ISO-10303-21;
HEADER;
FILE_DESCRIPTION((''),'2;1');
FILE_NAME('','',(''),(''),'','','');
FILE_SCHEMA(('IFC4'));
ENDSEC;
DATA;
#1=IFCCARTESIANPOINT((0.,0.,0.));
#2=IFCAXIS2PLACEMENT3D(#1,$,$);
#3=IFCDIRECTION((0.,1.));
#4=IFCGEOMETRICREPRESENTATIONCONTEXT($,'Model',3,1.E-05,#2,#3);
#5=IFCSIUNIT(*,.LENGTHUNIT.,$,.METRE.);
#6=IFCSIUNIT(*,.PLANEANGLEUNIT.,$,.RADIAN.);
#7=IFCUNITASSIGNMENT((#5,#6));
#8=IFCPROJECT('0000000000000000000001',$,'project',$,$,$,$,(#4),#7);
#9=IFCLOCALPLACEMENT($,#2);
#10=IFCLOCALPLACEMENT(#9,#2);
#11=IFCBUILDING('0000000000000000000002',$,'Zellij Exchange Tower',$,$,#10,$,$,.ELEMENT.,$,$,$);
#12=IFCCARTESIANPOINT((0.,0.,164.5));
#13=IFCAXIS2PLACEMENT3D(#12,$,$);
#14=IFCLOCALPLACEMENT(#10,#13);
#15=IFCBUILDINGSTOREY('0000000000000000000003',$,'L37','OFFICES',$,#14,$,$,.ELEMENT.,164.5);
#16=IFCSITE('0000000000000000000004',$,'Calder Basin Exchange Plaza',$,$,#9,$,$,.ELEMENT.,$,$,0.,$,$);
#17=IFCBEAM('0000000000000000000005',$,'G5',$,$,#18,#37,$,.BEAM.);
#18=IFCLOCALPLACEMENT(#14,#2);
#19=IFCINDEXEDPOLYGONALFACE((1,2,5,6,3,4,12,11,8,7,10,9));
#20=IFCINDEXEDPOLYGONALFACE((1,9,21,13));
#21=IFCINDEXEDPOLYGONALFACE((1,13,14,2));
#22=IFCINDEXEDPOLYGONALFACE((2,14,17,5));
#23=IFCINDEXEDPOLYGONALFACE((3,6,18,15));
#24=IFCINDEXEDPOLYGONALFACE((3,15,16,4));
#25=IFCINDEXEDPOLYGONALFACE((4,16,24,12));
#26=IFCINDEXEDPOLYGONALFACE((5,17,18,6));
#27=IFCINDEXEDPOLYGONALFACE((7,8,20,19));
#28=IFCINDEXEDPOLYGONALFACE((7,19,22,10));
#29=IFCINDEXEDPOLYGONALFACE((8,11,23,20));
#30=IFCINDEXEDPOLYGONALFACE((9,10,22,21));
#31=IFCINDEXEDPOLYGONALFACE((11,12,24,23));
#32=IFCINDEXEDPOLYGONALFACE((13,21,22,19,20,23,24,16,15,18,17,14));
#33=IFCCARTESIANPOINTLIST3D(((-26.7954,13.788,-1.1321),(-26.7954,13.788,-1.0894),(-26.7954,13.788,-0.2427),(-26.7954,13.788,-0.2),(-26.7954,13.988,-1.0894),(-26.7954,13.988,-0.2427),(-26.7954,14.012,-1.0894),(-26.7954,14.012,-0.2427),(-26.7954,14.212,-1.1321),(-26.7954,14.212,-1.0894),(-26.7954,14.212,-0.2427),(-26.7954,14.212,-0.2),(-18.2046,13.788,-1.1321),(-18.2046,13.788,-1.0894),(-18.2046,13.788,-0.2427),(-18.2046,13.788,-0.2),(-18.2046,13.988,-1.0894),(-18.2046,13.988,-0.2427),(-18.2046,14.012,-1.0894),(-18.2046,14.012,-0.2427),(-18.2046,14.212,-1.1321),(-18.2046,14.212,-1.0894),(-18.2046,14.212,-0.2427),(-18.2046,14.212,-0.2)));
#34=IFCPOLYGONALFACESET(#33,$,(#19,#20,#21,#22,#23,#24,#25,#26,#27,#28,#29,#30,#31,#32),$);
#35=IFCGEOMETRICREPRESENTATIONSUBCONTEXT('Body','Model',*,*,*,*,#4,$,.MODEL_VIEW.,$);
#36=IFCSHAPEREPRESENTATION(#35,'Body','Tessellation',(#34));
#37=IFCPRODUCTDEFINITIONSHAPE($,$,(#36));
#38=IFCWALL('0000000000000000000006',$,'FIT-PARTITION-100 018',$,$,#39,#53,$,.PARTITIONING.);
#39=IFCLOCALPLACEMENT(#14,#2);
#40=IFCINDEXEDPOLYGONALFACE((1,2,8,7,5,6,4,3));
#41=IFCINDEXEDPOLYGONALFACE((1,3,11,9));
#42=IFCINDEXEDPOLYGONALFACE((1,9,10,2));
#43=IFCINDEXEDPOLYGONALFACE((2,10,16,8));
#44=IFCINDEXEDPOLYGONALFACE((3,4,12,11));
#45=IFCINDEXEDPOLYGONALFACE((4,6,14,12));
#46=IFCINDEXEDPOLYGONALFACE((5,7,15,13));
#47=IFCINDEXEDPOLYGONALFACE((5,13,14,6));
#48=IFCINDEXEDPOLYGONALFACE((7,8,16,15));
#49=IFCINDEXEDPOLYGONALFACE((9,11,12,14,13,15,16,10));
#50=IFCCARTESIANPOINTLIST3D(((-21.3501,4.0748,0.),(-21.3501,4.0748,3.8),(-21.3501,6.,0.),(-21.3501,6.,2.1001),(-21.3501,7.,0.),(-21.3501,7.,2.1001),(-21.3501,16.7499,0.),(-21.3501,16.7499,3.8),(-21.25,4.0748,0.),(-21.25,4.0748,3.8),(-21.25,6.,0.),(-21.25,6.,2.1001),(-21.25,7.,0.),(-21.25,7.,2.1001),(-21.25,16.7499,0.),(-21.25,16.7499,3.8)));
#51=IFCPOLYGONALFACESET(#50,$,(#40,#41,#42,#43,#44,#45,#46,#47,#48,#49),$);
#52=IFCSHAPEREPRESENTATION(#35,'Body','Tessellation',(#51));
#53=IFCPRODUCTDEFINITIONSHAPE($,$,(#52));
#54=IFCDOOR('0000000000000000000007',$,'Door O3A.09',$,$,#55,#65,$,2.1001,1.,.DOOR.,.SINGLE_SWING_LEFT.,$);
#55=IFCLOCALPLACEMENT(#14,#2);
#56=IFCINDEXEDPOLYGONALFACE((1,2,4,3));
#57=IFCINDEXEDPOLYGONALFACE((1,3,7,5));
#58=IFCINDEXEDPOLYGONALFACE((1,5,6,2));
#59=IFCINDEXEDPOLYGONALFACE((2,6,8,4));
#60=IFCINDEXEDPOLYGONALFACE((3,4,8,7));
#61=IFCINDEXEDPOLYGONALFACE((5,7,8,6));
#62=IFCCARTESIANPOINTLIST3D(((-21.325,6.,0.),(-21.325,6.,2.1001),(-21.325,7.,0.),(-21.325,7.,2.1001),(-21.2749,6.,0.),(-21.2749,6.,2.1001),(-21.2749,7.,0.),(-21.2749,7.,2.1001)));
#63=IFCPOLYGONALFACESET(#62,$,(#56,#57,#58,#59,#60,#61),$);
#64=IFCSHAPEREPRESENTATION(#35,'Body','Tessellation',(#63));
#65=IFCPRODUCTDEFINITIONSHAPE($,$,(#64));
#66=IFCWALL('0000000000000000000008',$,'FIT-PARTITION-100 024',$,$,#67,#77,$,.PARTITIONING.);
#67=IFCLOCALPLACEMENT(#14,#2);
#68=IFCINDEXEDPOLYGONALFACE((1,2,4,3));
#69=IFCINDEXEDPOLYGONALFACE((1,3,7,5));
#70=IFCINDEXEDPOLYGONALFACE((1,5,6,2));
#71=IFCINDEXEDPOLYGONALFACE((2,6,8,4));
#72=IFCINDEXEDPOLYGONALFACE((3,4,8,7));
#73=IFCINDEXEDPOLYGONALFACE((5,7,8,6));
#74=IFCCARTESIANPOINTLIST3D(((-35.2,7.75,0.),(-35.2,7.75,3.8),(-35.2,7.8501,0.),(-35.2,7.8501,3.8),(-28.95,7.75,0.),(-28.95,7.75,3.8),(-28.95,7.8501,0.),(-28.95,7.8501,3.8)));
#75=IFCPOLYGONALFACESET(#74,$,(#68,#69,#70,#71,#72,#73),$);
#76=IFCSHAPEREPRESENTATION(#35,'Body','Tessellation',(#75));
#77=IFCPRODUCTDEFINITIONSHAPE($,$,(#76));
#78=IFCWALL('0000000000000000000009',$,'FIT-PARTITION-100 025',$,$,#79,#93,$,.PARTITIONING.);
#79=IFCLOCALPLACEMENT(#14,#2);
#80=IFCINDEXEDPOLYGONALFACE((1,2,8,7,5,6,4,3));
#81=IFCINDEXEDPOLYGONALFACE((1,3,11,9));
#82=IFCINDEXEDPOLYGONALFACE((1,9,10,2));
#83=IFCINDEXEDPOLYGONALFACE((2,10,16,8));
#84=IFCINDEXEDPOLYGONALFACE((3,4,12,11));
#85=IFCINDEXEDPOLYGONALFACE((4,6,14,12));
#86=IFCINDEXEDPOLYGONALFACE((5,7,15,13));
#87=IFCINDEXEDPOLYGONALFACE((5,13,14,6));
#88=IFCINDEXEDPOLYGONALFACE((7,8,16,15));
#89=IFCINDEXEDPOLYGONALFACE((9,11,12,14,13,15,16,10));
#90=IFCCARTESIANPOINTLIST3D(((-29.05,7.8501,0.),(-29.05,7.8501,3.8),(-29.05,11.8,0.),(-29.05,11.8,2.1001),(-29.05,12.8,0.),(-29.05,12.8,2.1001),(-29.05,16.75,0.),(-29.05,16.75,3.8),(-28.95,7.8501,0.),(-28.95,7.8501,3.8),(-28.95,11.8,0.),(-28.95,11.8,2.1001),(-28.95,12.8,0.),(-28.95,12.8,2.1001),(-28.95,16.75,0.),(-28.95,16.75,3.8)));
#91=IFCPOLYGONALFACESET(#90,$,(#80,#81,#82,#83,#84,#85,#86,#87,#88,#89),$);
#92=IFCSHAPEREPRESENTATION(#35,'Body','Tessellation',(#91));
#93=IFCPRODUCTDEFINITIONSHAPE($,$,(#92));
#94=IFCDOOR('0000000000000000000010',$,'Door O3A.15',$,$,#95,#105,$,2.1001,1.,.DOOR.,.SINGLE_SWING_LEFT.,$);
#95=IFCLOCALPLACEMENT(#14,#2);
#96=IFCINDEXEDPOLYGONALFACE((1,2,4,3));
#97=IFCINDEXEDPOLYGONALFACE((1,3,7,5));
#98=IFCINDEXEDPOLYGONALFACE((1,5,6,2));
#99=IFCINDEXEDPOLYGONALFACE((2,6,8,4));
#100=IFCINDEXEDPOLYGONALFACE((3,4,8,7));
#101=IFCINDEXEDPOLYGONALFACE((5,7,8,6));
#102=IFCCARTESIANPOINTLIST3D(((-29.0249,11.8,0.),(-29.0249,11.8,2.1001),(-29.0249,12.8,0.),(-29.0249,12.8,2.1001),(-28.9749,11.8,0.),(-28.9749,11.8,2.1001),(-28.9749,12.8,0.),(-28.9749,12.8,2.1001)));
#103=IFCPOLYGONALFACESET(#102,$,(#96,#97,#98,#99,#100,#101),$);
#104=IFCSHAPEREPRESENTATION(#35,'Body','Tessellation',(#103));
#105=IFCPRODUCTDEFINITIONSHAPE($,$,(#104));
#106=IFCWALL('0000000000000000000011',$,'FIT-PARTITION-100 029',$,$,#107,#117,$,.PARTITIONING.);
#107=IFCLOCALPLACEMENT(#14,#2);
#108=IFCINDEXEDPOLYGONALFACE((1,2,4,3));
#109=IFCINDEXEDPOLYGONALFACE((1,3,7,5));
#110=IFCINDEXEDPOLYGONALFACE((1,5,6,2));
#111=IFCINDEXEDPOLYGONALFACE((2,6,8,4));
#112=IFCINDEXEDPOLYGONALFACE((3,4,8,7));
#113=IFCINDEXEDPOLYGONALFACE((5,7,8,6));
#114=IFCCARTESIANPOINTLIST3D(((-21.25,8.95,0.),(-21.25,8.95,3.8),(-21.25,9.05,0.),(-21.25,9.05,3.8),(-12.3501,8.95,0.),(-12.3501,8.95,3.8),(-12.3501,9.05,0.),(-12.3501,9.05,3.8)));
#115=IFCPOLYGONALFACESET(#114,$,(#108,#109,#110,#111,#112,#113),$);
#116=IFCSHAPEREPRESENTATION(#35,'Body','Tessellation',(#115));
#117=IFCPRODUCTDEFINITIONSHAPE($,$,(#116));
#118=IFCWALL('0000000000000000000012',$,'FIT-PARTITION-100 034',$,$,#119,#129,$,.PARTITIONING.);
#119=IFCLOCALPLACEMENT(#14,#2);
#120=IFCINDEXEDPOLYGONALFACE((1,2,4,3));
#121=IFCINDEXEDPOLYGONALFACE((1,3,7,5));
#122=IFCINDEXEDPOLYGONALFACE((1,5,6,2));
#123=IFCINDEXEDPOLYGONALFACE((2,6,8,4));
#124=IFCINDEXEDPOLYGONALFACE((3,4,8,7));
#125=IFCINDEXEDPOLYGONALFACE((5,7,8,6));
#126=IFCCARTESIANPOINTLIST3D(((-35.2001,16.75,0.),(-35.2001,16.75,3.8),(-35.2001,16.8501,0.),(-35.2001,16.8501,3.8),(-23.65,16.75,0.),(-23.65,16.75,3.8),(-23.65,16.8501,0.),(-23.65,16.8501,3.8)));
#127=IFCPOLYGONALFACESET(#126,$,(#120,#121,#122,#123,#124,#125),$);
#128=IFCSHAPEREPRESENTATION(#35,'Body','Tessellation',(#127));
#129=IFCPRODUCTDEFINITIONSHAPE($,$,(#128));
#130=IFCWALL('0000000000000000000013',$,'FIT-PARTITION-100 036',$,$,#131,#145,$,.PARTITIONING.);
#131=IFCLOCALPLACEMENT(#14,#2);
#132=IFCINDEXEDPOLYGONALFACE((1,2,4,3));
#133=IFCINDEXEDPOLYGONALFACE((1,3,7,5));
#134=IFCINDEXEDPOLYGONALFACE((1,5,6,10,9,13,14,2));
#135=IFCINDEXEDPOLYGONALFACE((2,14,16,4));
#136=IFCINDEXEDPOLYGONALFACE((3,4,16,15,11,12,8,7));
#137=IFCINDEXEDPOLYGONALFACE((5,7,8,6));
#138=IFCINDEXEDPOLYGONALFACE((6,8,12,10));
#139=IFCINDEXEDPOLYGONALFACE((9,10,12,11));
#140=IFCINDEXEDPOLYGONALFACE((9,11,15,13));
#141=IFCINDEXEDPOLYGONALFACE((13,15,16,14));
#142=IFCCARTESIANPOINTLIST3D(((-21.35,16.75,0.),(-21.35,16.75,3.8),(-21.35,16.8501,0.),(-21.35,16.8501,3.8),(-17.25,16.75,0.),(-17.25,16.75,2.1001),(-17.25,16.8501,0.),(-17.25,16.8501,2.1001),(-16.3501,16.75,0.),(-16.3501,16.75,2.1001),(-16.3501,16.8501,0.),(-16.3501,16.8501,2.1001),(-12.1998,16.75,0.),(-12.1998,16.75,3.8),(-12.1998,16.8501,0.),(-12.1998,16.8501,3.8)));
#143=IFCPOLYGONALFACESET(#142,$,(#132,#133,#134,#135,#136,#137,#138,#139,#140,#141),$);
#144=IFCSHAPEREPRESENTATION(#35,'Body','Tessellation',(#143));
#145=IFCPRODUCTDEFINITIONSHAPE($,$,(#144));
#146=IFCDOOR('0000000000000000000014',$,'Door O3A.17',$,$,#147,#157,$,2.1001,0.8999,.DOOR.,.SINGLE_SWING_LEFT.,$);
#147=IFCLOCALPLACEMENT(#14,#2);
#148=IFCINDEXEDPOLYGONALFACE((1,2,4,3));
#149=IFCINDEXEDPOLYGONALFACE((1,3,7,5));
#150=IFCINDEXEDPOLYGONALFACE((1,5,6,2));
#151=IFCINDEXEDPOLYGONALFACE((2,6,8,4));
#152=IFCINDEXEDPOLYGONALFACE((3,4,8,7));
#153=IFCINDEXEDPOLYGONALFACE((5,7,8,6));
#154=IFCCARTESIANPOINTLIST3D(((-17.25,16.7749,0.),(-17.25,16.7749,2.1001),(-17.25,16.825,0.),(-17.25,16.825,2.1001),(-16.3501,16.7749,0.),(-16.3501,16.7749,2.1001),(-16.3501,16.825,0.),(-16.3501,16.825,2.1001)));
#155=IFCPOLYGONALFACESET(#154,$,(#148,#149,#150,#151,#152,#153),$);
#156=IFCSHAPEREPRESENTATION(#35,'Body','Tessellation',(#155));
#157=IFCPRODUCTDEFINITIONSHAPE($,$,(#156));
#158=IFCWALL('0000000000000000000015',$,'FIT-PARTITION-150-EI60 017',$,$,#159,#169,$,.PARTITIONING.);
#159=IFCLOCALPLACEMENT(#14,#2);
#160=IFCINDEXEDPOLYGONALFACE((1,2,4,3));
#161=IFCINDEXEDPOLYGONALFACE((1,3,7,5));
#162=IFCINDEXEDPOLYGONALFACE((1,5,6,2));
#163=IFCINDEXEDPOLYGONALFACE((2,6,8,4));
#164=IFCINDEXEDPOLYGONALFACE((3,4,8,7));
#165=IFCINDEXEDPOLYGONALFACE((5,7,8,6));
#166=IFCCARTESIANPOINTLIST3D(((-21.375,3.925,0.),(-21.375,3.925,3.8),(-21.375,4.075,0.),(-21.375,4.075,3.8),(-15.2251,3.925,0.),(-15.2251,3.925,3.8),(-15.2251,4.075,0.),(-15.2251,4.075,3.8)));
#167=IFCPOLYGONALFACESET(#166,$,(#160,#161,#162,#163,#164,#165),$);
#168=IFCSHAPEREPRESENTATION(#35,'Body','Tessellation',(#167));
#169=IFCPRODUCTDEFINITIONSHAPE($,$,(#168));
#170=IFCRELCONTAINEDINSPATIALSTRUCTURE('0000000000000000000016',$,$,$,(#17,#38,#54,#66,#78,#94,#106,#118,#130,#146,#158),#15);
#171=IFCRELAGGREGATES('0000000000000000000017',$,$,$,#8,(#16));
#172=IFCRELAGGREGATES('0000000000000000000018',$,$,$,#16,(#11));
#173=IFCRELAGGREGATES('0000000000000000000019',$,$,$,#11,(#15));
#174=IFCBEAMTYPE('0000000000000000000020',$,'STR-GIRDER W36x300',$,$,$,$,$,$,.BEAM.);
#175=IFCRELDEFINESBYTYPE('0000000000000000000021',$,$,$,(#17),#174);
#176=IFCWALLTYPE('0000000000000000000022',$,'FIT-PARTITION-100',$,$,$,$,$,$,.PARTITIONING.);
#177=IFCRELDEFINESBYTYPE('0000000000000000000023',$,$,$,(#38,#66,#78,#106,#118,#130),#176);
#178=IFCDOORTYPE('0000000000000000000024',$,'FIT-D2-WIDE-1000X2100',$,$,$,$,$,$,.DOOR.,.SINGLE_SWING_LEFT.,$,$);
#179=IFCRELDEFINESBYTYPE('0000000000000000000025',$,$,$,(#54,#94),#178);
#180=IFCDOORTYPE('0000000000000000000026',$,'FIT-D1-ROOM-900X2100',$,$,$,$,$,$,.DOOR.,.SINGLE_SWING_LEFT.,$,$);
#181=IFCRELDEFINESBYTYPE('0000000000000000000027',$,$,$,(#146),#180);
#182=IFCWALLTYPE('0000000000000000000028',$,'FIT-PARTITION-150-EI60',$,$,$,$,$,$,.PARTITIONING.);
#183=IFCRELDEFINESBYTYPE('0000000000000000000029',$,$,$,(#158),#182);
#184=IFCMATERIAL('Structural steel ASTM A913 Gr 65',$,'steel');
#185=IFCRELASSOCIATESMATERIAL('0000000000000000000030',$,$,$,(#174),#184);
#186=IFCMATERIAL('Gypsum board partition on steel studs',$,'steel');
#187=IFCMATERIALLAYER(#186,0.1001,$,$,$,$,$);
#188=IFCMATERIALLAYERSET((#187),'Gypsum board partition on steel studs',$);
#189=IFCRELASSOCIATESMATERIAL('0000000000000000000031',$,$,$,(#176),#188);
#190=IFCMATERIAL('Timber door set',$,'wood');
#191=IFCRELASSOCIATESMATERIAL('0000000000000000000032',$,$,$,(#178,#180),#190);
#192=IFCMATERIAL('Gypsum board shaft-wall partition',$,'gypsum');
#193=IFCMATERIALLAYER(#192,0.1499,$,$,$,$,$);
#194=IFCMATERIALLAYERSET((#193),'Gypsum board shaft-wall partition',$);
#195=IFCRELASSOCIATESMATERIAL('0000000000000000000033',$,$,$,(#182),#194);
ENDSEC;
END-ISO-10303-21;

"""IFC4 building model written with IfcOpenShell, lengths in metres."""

from ifc_helpers import new_model, si_unit, direction, frame, frame_2d, origin, origin_2d, place, context, subcontext, project, spatial, rectangle, i_section, extrude, material, layer, layer_set, material_profile, profile_set, type_object, element, fill, save


model = new_model("IFC4")

# Units and contexts
model_context = context("Model", 3, precision=1e-05, world=origin(), true_north=direction((0.0, 1.0)))
body_context = subcontext(model_context, "Body", "Model", "MODEL_VIEW")
ifc_project = project(units=[si_unit("LENGTHUNIT", "METRE"), si_unit("PLANEANGLEUNIT", "RADIAN")], contexts=[model_context])

# Site, building, storey
site_placement = place(None, origin())
site = spatial("IfcSite", under=ifc_project, at=site_placement, Name="Calder Basin Exchange Plaza", CompositionType="ELEMENT", RefElevation=0.0)
building_placement = place(site_placement, origin())
building = spatial("IfcBuilding", under=site, at=building_placement, Name="Zellij Exchange Tower", CompositionType="ELEMENT")
storey_placement = place(building_placement, frame((0.0, 0.0, 164.5)))
storey = spatial("IfcBuildingStorey", under=building, at=storey_placement, Name="L37", Description="OFFICES", CompositionType="ELEMENT", Elevation=164.5)

# Shared definitions
ifc_material_1 = material(Name="Structural steel ASTM A913 Gr 65", Category="steel")

# Beam
ifc_material_profile_1 = material_profile(ifc_material_1, i_section(OverallWidth=0.4241, OverallDepth=0.9321, WebThickness=0.0239, FlangeThickness=0.0427, at=origin_2d()), Name="W36x300")
ifc_profile_set_1 = profile_set([ifc_material_profile_1], Name="Structural steel ASTM A913 Gr 65")
beam_type_1 = type_object("IfcBeamType", Name="STR-GIRDER W36x300", PredefinedType="BEAM", material=ifc_profile_set_1)
beam_1_placement = place(storey_placement, frame((-26.7954, 14.0, -0.666), z_axis=(1.0, 0.0, 0.0), x_axis=(0.0, 1.0, 0.0)))
element("IfcBeam", 1, at=beam_1_placement, inside=storey, type_object=beam_type_1, Name="G5", PredefinedType="BEAM", context=body_context, shape_type="SweptSolid", body=[
    extrude(i_section(OverallWidth=0.4241, OverallDepth=0.9321, WebThickness=0.0239, FlangeThickness=0.0427, at=origin_2d()), origin(), (0.0, 0.0, 1.0), 8.5908),
])

# Wall, opening, door
ifc_material_2 = material(Name="Gypsum board partition on steel studs", Category="steel")
ifc_layer_1 = layer(ifc_material_2, 0.1001)
ifc_layer_set_1 = layer_set([ifc_layer_1], Name="Gypsum board partition on steel studs")
wall_type_1 = type_object("IfcWallType", Name="FIT-PARTITION-100", PredefinedType="PARTITIONING", material=ifc_layer_set_1)
wall_1_placement = place(storey_placement, frame((-21.3, 4.075, 0.0), z_axis=(0.0, 0.0, 1.0), x_axis=(0.0, 1.0, 0.0)))
wall_1 = element("IfcWall", 2, at=wall_1_placement, inside=storey, type_object=wall_type_1, Name="FIT-PARTITION-100 018", PredefinedType="PARTITIONING", context=body_context, shape_type="SweptSolid", body=[
    extrude(rectangle(XDim=12.675, YDim=0.1001, at=frame_2d((6.3374, 0.0))), origin(), (0.0, 0.0, 1.0), 3.8),
])
opening_1_placement = place(wall_1_placement, frame((1.925, 0.0, 0.0)))
opening_1 = element("IfcOpeningElement", 3, at=opening_1_placement, cuts=wall_1, PredefinedType="OPENING", context=body_context, shape_type="SweptSolid", body=[
    extrude(rectangle(XDim=1.0, YDim=2.1001, at=frame_2d((0.5, 1.05))), frame((0.0, 0.062, 0.0), z_axis=(0.0, -1.0, 0.0), x_axis=(1.0, 0.0, 0.0)), (0.0, 0.0, 1.0), 0.124),
])
ifc_material_3 = material(Name="Timber door set", Category="wood")
door_type_1 = type_object("IfcDoorType", Name="FIT-D2-WIDE-1000X2100", OperationType="SINGLE_SWING_LEFT", PredefinedType="DOOR", material=ifc_material_3)
door_1_placement = place(opening_1_placement, origin())
door_1 = element("IfcDoor", 4, at=door_1_placement, inside=storey, type_object=door_type_1, Name="Door O3A.09", OperationType="SINGLE_SWING_LEFT", OverallHeight=2.1001, OverallWidth=1.0, PredefinedType="DOOR", context=body_context, shape_type="SweptSolid", body=[
    extrude(rectangle(XDim=1.0, YDim=2.1001, at=frame_2d((0.5, 1.05))), frame((0.0, 0.0249, 0.0), z_axis=(0.0, -1.0, 0.0), x_axis=(1.0, 0.0, 0.0)), (0.0, 0.0, 1.0), 0.05),
])
fill(opening_1, door_1)

# Wall
wall_2_placement = place(storey_placement, frame((-35.2, 7.8, 0.0), z_axis=(0.0, 0.0, 1.0), x_axis=(1.0, 0.0, 0.0)))
element("IfcWall", 5, at=wall_2_placement, inside=storey, type_object=wall_type_1, Name="FIT-PARTITION-100 024", PredefinedType="PARTITIONING", context=body_context, shape_type="SweptSolid", body=[
    extrude(rectangle(XDim=6.25, YDim=0.1001, at=frame_2d((3.125, 0.0))), origin(), (0.0, 0.0, 1.0), 3.8),
])

# Wall, opening, door
wall_3_placement = place(storey_placement, frame((-29.0, 7.8501, 0.0), z_axis=(0.0, 0.0, 1.0), x_axis=(0.0, 1.0, 0.0)))
wall_3 = element("IfcWall", 6, at=wall_3_placement, inside=storey, type_object=wall_type_1, Name="FIT-PARTITION-100 025", PredefinedType="PARTITIONING", context=body_context, shape_type="SweptSolid", body=[
    extrude(rectangle(XDim=8.8999, YDim=0.1001, at=frame_2d((4.45, 0.0))), origin(), (0.0, 0.0, 1.0), 3.8),
])
opening_2_placement = place(wall_3_placement, frame((3.95, 0.0, 0.0)))
opening_2 = element("IfcOpeningElement", 7, at=opening_2_placement, cuts=wall_3, PredefinedType="OPENING", context=body_context, shape_type="SweptSolid", body=[
    extrude(rectangle(XDim=1.0, YDim=2.1001, at=frame_2d((0.5, 1.05))), frame((0.0, 0.062, 0.0), z_axis=(0.0, -1.0, 0.0), x_axis=(1.0, 0.0, 0.0)), (0.0, 0.0, 1.0), 0.124),
])
door_2_placement = place(opening_2_placement, origin())
door_2 = element("IfcDoor", 8, at=door_2_placement, inside=storey, type_object=door_type_1, Name="Door O3A.15", OperationType="SINGLE_SWING_LEFT", OverallHeight=2.1001, OverallWidth=1.0, PredefinedType="DOOR", context=body_context, shape_type="SweptSolid", body=[
    extrude(rectangle(XDim=1.0, YDim=2.1001, at=frame_2d((0.5, 1.05))), frame((0.0, 0.0249, 0.0), z_axis=(0.0, -1.0, 0.0), x_axis=(1.0, 0.0, 0.0)), (0.0, 0.0, 1.0), 0.05),
])
fill(opening_2, door_2)

# Walls
wall_4_placement = place(storey_placement, frame((-21.25, 9.0, 0.0), z_axis=(0.0, 0.0, 1.0), x_axis=(1.0, 0.0, 0.0)))
element("IfcWall", 9, at=wall_4_placement, inside=storey, type_object=wall_type_1, Name="FIT-PARTITION-100 029", PredefinedType="PARTITIONING", context=body_context, shape_type="SweptSolid", body=[
    extrude(rectangle(XDim=8.8999, YDim=0.1001, at=frame_2d((4.45, 0.0))), origin(), (0.0, 0.0, 1.0), 3.8),
])
wall_5_placement = place(storey_placement, frame((-35.2, 16.8, 0.0), z_axis=(0.0, 0.0, 1.0), x_axis=(1.0, 0.0, 0.0)))
element("IfcWall", 10, at=wall_5_placement, inside=storey, type_object=wall_type_1, Name="FIT-PARTITION-100 034", PredefinedType="PARTITIONING", context=body_context, shape_type="SweptSolid", body=[
    extrude(rectangle(XDim=11.55, YDim=0.1001, at=frame_2d((5.7749, 0.0))), origin(), (0.0, 0.0, 1.0), 3.8),
])

# Wall, opening, door
wall_6_placement = place(storey_placement, frame((-21.3501, 16.8, 0.0), z_axis=(0.0, 0.0, 1.0), x_axis=(1.0, 0.0, 0.0)))
wall_6 = element("IfcWall", 11, at=wall_6_placement, inside=storey, type_object=wall_type_1, Name="FIT-PARTITION-100 036", PredefinedType="PARTITIONING", context=body_context, shape_type="SweptSolid", body=[
    extrude(rectangle(XDim=9.1501, YDim=0.1001, at=frame_2d((4.5752, 0.0))), origin(), (0.0, 0.0, 1.0), 3.8),
])
opening_3_placement = place(wall_6_placement, frame((4.1001, 0.0, 0.0)))
opening_3 = element("IfcOpeningElement", 12, at=opening_3_placement, cuts=wall_6, PredefinedType="OPENING", context=body_context, shape_type="SweptSolid", body=[
    extrude(rectangle(XDim=0.8999, YDim=2.1001, at=frame_2d((0.45, 1.05))), frame((0.0, 0.062, 0.0), z_axis=(0.0, -1.0, 0.0), x_axis=(1.0, 0.0, 0.0)), (0.0, 0.0, 1.0), 0.124),
])
door_type_2 = type_object("IfcDoorType", Name="FIT-D1-ROOM-900X2100", OperationType="SINGLE_SWING_LEFT", PredefinedType="DOOR", material=ifc_material_3)
door_3_placement = place(opening_3_placement, origin())
door_3 = element("IfcDoor", 13, at=door_3_placement, inside=storey, type_object=door_type_2, Name="Door O3A.17", OperationType="SINGLE_SWING_LEFT", OverallHeight=2.1001, OverallWidth=0.8999, PredefinedType="DOOR", context=body_context, shape_type="SweptSolid", body=[
    extrude(rectangle(XDim=0.8999, YDim=2.1001, at=frame_2d((0.45, 1.05))), frame((0.0, 0.0249, 0.0), z_axis=(0.0, -1.0, 0.0), x_axis=(1.0, 0.0, 0.0)), (0.0, 0.0, 1.0), 0.05),
])
fill(opening_3, door_3)

# Wall
ifc_material_4 = material(Name="Gypsum board shaft-wall partition", Category="gypsum")
ifc_layer_2 = layer(ifc_material_4, 0.1499)
ifc_layer_set_2 = layer_set([ifc_layer_2], Name="Gypsum board shaft-wall partition")
wall_type_2 = type_object("IfcWallType", Name="FIT-PARTITION-150-EI60", PredefinedType="PARTITIONING", material=ifc_layer_set_2)
wall_7_placement = place(storey_placement, frame((-21.375, 4.0, 0.0), z_axis=(0.0, 0.0, 1.0), x_axis=(1.0, 0.0, 0.0)))
element("IfcWall", 14, at=wall_7_placement, inside=storey, type_object=wall_type_2, Name="FIT-PARTITION-150-EI60 017", PredefinedType="PARTITIONING", context=body_context, shape_type="SweptSolid", body=[
    extrude(rectangle(XDim=6.1499, YDim=0.1499, at=frame_2d((3.075, 0.0))), origin(), (0.0, 0.0, 1.0), 3.8),
])

save(model, "model.ifc")
